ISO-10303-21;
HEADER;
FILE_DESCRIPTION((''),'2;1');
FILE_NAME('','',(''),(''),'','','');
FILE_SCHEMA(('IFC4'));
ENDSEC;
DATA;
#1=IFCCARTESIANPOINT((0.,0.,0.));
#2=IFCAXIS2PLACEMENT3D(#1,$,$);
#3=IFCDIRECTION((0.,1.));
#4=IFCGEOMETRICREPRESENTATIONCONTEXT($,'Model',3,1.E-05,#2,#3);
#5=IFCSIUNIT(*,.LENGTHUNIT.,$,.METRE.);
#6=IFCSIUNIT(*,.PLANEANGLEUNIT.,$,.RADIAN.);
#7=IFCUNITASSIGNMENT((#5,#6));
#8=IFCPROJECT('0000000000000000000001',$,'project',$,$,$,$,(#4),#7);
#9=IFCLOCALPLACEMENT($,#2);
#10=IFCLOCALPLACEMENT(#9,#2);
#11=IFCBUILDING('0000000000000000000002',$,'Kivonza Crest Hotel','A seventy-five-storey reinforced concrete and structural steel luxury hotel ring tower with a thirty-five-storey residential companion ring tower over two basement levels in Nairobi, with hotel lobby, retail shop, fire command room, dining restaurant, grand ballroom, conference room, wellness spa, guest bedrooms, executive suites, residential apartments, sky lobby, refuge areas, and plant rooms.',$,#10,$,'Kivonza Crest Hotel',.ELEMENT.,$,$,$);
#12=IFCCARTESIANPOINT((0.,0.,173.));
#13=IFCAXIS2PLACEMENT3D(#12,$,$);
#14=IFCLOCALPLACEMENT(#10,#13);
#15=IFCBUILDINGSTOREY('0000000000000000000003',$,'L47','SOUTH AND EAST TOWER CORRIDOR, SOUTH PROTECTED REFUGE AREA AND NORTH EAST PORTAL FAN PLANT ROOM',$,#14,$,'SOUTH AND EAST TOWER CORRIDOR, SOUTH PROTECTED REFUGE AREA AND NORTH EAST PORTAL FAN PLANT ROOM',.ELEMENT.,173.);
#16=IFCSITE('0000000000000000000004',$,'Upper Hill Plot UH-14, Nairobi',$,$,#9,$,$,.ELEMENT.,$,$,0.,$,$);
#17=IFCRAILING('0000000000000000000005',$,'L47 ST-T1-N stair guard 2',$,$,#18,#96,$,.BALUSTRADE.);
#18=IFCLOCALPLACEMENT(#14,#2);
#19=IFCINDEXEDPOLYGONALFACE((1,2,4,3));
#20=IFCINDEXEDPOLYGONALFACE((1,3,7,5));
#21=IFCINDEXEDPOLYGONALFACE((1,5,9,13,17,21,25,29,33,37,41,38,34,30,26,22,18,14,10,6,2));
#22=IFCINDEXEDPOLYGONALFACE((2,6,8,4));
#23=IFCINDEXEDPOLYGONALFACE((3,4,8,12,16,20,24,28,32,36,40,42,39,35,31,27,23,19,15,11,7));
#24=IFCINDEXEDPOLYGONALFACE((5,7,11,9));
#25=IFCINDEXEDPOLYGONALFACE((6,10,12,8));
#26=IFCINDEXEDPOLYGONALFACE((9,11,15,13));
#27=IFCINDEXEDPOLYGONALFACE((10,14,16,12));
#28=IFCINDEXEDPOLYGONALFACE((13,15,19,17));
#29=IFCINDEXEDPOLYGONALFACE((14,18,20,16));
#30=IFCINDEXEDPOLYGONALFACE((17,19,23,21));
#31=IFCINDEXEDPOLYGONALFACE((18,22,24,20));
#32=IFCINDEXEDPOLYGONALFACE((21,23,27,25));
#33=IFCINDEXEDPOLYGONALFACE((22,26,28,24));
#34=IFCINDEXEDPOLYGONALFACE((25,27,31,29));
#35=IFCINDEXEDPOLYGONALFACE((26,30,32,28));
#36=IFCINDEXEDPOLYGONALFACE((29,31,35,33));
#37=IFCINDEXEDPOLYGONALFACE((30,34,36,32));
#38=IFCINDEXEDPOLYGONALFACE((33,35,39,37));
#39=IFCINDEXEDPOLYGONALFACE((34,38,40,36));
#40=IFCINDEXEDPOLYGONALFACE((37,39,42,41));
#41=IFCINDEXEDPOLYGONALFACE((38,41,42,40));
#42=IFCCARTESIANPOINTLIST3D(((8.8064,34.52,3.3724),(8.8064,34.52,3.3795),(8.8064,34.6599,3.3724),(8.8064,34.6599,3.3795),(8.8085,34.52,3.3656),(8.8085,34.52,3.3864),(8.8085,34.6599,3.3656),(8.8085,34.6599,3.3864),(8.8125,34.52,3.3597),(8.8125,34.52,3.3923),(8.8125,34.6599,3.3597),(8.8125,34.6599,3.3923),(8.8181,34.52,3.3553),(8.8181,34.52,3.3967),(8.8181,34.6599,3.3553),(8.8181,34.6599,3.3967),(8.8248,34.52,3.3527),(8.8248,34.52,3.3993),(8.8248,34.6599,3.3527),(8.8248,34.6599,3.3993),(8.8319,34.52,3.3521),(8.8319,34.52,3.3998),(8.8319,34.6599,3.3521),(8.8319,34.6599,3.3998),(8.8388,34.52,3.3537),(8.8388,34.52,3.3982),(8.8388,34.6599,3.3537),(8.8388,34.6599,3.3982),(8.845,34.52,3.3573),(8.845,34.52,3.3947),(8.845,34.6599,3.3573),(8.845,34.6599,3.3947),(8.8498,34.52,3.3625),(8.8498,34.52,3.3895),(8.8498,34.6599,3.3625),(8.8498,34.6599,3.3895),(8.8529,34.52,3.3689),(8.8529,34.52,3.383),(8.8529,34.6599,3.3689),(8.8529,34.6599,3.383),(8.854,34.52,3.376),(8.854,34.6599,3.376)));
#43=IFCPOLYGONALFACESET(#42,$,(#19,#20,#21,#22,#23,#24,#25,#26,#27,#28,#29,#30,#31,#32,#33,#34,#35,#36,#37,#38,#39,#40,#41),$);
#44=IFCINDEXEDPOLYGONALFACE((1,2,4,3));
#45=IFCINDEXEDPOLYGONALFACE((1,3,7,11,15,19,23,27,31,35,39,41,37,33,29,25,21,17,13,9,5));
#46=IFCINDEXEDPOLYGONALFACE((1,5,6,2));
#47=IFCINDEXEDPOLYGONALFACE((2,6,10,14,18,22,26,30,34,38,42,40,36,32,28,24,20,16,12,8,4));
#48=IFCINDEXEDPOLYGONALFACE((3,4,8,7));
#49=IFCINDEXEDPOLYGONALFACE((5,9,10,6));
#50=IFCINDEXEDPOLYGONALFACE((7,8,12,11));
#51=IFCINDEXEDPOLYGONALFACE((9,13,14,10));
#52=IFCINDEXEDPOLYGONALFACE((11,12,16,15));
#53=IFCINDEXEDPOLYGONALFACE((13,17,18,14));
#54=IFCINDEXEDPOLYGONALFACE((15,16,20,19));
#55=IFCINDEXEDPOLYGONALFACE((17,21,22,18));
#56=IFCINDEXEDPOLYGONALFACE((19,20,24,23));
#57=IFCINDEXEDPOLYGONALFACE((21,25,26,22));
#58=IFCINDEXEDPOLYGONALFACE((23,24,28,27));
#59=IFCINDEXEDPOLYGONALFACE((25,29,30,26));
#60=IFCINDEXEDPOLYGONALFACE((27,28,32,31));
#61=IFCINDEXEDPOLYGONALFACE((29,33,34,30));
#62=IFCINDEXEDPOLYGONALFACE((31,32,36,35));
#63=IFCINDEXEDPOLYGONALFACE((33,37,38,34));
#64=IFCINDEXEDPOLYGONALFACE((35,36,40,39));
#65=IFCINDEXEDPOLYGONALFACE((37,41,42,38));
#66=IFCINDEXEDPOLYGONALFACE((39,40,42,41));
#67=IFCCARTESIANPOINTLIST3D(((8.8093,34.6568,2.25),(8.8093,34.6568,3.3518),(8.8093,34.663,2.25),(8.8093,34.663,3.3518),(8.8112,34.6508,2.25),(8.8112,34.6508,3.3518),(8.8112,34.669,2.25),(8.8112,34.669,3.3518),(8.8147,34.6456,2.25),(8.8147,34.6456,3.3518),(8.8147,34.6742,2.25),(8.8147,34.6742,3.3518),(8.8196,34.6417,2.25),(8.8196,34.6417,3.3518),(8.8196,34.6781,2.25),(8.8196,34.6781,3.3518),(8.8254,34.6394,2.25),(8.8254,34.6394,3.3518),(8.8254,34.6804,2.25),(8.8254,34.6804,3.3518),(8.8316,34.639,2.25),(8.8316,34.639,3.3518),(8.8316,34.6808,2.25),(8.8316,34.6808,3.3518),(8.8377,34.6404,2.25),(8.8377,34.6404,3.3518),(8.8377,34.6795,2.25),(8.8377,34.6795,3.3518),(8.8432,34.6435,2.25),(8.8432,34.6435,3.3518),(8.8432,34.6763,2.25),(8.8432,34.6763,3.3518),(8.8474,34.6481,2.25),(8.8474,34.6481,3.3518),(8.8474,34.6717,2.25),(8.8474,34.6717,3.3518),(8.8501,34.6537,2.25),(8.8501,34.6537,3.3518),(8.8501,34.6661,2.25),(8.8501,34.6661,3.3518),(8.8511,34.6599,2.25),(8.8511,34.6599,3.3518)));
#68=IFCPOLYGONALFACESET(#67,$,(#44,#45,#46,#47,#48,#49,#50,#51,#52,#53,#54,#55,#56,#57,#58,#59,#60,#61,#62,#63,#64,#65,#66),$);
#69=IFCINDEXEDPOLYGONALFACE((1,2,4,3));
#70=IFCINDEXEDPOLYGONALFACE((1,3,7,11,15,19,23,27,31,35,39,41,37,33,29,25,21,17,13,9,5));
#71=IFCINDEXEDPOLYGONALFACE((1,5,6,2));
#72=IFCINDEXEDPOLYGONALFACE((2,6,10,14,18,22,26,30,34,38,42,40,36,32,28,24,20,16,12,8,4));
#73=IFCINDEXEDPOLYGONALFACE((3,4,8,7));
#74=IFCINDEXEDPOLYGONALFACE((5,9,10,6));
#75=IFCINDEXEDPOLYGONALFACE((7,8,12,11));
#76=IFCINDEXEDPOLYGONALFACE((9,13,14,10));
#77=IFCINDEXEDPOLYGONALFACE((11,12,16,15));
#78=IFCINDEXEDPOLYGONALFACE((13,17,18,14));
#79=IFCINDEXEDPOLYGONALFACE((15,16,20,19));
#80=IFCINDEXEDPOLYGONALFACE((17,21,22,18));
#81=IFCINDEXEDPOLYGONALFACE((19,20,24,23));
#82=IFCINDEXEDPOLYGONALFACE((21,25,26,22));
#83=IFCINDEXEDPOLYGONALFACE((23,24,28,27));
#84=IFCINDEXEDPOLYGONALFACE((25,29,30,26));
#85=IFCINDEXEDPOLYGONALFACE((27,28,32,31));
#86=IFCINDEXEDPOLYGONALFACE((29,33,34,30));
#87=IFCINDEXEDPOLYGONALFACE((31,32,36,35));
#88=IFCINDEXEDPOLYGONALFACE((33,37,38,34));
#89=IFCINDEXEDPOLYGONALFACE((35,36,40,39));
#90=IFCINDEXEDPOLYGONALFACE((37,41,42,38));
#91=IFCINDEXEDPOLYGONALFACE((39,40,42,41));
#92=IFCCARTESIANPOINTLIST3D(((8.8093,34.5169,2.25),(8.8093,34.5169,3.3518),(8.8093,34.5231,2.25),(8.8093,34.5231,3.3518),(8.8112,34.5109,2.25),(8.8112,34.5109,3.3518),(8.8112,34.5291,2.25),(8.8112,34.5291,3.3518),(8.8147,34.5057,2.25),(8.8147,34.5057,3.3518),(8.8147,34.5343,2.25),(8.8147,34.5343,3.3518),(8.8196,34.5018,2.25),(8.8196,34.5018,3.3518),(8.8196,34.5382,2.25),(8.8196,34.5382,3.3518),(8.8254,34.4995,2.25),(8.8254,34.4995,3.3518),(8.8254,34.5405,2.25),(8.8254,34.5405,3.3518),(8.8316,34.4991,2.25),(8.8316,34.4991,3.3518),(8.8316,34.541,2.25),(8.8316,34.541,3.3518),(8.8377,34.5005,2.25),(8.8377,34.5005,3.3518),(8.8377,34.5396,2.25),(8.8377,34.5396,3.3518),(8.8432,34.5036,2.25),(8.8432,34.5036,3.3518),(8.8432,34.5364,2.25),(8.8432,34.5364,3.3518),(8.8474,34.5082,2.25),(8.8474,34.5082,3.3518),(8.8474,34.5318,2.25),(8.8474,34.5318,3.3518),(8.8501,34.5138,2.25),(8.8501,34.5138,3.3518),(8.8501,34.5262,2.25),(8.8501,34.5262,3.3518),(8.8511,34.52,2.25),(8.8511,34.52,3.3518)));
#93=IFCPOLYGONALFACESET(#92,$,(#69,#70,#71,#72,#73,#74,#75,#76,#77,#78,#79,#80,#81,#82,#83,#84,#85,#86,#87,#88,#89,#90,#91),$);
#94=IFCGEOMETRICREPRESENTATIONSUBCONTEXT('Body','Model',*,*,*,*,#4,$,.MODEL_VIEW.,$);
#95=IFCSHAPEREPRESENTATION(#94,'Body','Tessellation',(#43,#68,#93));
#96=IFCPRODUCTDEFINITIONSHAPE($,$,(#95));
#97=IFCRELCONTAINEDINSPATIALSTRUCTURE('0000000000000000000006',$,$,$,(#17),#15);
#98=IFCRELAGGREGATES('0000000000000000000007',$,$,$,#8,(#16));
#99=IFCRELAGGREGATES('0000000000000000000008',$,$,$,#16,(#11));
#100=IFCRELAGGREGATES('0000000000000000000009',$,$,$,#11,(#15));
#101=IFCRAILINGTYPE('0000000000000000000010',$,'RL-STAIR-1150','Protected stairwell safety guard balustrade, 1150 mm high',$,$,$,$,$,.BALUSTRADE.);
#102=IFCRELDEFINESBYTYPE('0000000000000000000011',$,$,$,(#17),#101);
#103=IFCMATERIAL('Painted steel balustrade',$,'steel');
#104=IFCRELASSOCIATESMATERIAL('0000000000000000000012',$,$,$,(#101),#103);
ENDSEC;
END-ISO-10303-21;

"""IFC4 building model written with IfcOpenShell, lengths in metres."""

from ifc_helpers import new_model, si_unit, direction, frame, origin, origin_2d, place, context, subcontext, project, spatial, circle, extrude, material, type_object, element, save


model = new_model("IFC4")

# Units and contexts
model_context = context("Model", 3, precision=1e-05, world=origin(), true_north=direction((0.0, 1.0)))
body_context = subcontext(model_context, "Body", "Model", "MODEL_VIEW")
ifc_project = project(units=[si_unit("LENGTHUNIT", "METRE"), si_unit("PLANEANGLEUNIT", "RADIAN")], contexts=[model_context])

# Site, building, storey
site_placement = place(None, origin())
site = spatial("IfcSite", under=ifc_project, at=site_placement, Name="Upper Hill Plot UH-14, Nairobi", CompositionType="ELEMENT", RefElevation=0.0)
building_placement = place(site_placement, origin())
building = spatial("IfcBuilding", under=site, at=building_placement, Name="Kivonza Crest Hotel", Description="A seventy-five-storey reinforced concrete and structural steel luxury hotel ring tower with a thirty-five-storey residential companion ring tower over two basement levels in Nairobi, with hotel lobby, retail shop, fire command room, dining restaurant, grand ballroom, conference room, wellness spa, guest bedrooms, executive suites, residential apartments, sky lobby, refuge areas, and plant rooms.", LongName="Kivonza Crest Hotel", CompositionType="ELEMENT")
storey_placement = place(building_placement, frame((0.0, 0.0, 173.0)))
storey = spatial("IfcBuildingStorey", under=building, at=storey_placement, Name="L47", Description="SOUTH AND EAST TOWER CORRIDOR, SOUTH PROTECTED REFUGE AREA AND NORTH EAST PORTAL FAN PLANT ROOM", LongName="SOUTH AND EAST TOWER CORRIDOR, SOUTH PROTECTED REFUGE AREA AND NORTH EAST PORTAL FAN PLANT ROOM", CompositionType="ELEMENT", Elevation=173.0)

# Railing
ifc_material_1 = material(Name="Painted steel balustrade", Category="steel")
railing_type_1 = type_object("IfcRailingType", Name="RL-STAIR-1150", Description="Protected stairwell safety guard balustrade, 1150 mm high", PredefinedType="BALUSTRADE", material=ifc_material_1)
railing_1_placement = place(storey_placement, frame((8.8301, 34.6599, 2.25)))
element("IfcRailing", 1, at=railing_1_placement, inside=storey, type_object=railing_type_1, Name="L47 ST-T1-N stair guard 2", PredefinedType="BALUSTRADE", context=body_context, shape_type="SweptSolid", body=[
    extrude(circle(Radius=0.0239, at=origin_2d()), frame((0.0, 0.0, 1.126), z_axis=(0.0, -1.0, 0.0), x_axis=(1.0, 0.0, 0.0)), (0.0, 0.0, 1.0), 0.1399),
    extrude(circle(Radius=0.021, at=origin_2d()), origin(), (0.0, 0.0, 1.0), 1.1018),
    extrude(circle(Radius=0.021, at=origin_2d()), frame((0.0, -0.1399, 0.0)), (0.0, 0.0, 1.0), 1.1018),
])

save(model, "model.ifc")
